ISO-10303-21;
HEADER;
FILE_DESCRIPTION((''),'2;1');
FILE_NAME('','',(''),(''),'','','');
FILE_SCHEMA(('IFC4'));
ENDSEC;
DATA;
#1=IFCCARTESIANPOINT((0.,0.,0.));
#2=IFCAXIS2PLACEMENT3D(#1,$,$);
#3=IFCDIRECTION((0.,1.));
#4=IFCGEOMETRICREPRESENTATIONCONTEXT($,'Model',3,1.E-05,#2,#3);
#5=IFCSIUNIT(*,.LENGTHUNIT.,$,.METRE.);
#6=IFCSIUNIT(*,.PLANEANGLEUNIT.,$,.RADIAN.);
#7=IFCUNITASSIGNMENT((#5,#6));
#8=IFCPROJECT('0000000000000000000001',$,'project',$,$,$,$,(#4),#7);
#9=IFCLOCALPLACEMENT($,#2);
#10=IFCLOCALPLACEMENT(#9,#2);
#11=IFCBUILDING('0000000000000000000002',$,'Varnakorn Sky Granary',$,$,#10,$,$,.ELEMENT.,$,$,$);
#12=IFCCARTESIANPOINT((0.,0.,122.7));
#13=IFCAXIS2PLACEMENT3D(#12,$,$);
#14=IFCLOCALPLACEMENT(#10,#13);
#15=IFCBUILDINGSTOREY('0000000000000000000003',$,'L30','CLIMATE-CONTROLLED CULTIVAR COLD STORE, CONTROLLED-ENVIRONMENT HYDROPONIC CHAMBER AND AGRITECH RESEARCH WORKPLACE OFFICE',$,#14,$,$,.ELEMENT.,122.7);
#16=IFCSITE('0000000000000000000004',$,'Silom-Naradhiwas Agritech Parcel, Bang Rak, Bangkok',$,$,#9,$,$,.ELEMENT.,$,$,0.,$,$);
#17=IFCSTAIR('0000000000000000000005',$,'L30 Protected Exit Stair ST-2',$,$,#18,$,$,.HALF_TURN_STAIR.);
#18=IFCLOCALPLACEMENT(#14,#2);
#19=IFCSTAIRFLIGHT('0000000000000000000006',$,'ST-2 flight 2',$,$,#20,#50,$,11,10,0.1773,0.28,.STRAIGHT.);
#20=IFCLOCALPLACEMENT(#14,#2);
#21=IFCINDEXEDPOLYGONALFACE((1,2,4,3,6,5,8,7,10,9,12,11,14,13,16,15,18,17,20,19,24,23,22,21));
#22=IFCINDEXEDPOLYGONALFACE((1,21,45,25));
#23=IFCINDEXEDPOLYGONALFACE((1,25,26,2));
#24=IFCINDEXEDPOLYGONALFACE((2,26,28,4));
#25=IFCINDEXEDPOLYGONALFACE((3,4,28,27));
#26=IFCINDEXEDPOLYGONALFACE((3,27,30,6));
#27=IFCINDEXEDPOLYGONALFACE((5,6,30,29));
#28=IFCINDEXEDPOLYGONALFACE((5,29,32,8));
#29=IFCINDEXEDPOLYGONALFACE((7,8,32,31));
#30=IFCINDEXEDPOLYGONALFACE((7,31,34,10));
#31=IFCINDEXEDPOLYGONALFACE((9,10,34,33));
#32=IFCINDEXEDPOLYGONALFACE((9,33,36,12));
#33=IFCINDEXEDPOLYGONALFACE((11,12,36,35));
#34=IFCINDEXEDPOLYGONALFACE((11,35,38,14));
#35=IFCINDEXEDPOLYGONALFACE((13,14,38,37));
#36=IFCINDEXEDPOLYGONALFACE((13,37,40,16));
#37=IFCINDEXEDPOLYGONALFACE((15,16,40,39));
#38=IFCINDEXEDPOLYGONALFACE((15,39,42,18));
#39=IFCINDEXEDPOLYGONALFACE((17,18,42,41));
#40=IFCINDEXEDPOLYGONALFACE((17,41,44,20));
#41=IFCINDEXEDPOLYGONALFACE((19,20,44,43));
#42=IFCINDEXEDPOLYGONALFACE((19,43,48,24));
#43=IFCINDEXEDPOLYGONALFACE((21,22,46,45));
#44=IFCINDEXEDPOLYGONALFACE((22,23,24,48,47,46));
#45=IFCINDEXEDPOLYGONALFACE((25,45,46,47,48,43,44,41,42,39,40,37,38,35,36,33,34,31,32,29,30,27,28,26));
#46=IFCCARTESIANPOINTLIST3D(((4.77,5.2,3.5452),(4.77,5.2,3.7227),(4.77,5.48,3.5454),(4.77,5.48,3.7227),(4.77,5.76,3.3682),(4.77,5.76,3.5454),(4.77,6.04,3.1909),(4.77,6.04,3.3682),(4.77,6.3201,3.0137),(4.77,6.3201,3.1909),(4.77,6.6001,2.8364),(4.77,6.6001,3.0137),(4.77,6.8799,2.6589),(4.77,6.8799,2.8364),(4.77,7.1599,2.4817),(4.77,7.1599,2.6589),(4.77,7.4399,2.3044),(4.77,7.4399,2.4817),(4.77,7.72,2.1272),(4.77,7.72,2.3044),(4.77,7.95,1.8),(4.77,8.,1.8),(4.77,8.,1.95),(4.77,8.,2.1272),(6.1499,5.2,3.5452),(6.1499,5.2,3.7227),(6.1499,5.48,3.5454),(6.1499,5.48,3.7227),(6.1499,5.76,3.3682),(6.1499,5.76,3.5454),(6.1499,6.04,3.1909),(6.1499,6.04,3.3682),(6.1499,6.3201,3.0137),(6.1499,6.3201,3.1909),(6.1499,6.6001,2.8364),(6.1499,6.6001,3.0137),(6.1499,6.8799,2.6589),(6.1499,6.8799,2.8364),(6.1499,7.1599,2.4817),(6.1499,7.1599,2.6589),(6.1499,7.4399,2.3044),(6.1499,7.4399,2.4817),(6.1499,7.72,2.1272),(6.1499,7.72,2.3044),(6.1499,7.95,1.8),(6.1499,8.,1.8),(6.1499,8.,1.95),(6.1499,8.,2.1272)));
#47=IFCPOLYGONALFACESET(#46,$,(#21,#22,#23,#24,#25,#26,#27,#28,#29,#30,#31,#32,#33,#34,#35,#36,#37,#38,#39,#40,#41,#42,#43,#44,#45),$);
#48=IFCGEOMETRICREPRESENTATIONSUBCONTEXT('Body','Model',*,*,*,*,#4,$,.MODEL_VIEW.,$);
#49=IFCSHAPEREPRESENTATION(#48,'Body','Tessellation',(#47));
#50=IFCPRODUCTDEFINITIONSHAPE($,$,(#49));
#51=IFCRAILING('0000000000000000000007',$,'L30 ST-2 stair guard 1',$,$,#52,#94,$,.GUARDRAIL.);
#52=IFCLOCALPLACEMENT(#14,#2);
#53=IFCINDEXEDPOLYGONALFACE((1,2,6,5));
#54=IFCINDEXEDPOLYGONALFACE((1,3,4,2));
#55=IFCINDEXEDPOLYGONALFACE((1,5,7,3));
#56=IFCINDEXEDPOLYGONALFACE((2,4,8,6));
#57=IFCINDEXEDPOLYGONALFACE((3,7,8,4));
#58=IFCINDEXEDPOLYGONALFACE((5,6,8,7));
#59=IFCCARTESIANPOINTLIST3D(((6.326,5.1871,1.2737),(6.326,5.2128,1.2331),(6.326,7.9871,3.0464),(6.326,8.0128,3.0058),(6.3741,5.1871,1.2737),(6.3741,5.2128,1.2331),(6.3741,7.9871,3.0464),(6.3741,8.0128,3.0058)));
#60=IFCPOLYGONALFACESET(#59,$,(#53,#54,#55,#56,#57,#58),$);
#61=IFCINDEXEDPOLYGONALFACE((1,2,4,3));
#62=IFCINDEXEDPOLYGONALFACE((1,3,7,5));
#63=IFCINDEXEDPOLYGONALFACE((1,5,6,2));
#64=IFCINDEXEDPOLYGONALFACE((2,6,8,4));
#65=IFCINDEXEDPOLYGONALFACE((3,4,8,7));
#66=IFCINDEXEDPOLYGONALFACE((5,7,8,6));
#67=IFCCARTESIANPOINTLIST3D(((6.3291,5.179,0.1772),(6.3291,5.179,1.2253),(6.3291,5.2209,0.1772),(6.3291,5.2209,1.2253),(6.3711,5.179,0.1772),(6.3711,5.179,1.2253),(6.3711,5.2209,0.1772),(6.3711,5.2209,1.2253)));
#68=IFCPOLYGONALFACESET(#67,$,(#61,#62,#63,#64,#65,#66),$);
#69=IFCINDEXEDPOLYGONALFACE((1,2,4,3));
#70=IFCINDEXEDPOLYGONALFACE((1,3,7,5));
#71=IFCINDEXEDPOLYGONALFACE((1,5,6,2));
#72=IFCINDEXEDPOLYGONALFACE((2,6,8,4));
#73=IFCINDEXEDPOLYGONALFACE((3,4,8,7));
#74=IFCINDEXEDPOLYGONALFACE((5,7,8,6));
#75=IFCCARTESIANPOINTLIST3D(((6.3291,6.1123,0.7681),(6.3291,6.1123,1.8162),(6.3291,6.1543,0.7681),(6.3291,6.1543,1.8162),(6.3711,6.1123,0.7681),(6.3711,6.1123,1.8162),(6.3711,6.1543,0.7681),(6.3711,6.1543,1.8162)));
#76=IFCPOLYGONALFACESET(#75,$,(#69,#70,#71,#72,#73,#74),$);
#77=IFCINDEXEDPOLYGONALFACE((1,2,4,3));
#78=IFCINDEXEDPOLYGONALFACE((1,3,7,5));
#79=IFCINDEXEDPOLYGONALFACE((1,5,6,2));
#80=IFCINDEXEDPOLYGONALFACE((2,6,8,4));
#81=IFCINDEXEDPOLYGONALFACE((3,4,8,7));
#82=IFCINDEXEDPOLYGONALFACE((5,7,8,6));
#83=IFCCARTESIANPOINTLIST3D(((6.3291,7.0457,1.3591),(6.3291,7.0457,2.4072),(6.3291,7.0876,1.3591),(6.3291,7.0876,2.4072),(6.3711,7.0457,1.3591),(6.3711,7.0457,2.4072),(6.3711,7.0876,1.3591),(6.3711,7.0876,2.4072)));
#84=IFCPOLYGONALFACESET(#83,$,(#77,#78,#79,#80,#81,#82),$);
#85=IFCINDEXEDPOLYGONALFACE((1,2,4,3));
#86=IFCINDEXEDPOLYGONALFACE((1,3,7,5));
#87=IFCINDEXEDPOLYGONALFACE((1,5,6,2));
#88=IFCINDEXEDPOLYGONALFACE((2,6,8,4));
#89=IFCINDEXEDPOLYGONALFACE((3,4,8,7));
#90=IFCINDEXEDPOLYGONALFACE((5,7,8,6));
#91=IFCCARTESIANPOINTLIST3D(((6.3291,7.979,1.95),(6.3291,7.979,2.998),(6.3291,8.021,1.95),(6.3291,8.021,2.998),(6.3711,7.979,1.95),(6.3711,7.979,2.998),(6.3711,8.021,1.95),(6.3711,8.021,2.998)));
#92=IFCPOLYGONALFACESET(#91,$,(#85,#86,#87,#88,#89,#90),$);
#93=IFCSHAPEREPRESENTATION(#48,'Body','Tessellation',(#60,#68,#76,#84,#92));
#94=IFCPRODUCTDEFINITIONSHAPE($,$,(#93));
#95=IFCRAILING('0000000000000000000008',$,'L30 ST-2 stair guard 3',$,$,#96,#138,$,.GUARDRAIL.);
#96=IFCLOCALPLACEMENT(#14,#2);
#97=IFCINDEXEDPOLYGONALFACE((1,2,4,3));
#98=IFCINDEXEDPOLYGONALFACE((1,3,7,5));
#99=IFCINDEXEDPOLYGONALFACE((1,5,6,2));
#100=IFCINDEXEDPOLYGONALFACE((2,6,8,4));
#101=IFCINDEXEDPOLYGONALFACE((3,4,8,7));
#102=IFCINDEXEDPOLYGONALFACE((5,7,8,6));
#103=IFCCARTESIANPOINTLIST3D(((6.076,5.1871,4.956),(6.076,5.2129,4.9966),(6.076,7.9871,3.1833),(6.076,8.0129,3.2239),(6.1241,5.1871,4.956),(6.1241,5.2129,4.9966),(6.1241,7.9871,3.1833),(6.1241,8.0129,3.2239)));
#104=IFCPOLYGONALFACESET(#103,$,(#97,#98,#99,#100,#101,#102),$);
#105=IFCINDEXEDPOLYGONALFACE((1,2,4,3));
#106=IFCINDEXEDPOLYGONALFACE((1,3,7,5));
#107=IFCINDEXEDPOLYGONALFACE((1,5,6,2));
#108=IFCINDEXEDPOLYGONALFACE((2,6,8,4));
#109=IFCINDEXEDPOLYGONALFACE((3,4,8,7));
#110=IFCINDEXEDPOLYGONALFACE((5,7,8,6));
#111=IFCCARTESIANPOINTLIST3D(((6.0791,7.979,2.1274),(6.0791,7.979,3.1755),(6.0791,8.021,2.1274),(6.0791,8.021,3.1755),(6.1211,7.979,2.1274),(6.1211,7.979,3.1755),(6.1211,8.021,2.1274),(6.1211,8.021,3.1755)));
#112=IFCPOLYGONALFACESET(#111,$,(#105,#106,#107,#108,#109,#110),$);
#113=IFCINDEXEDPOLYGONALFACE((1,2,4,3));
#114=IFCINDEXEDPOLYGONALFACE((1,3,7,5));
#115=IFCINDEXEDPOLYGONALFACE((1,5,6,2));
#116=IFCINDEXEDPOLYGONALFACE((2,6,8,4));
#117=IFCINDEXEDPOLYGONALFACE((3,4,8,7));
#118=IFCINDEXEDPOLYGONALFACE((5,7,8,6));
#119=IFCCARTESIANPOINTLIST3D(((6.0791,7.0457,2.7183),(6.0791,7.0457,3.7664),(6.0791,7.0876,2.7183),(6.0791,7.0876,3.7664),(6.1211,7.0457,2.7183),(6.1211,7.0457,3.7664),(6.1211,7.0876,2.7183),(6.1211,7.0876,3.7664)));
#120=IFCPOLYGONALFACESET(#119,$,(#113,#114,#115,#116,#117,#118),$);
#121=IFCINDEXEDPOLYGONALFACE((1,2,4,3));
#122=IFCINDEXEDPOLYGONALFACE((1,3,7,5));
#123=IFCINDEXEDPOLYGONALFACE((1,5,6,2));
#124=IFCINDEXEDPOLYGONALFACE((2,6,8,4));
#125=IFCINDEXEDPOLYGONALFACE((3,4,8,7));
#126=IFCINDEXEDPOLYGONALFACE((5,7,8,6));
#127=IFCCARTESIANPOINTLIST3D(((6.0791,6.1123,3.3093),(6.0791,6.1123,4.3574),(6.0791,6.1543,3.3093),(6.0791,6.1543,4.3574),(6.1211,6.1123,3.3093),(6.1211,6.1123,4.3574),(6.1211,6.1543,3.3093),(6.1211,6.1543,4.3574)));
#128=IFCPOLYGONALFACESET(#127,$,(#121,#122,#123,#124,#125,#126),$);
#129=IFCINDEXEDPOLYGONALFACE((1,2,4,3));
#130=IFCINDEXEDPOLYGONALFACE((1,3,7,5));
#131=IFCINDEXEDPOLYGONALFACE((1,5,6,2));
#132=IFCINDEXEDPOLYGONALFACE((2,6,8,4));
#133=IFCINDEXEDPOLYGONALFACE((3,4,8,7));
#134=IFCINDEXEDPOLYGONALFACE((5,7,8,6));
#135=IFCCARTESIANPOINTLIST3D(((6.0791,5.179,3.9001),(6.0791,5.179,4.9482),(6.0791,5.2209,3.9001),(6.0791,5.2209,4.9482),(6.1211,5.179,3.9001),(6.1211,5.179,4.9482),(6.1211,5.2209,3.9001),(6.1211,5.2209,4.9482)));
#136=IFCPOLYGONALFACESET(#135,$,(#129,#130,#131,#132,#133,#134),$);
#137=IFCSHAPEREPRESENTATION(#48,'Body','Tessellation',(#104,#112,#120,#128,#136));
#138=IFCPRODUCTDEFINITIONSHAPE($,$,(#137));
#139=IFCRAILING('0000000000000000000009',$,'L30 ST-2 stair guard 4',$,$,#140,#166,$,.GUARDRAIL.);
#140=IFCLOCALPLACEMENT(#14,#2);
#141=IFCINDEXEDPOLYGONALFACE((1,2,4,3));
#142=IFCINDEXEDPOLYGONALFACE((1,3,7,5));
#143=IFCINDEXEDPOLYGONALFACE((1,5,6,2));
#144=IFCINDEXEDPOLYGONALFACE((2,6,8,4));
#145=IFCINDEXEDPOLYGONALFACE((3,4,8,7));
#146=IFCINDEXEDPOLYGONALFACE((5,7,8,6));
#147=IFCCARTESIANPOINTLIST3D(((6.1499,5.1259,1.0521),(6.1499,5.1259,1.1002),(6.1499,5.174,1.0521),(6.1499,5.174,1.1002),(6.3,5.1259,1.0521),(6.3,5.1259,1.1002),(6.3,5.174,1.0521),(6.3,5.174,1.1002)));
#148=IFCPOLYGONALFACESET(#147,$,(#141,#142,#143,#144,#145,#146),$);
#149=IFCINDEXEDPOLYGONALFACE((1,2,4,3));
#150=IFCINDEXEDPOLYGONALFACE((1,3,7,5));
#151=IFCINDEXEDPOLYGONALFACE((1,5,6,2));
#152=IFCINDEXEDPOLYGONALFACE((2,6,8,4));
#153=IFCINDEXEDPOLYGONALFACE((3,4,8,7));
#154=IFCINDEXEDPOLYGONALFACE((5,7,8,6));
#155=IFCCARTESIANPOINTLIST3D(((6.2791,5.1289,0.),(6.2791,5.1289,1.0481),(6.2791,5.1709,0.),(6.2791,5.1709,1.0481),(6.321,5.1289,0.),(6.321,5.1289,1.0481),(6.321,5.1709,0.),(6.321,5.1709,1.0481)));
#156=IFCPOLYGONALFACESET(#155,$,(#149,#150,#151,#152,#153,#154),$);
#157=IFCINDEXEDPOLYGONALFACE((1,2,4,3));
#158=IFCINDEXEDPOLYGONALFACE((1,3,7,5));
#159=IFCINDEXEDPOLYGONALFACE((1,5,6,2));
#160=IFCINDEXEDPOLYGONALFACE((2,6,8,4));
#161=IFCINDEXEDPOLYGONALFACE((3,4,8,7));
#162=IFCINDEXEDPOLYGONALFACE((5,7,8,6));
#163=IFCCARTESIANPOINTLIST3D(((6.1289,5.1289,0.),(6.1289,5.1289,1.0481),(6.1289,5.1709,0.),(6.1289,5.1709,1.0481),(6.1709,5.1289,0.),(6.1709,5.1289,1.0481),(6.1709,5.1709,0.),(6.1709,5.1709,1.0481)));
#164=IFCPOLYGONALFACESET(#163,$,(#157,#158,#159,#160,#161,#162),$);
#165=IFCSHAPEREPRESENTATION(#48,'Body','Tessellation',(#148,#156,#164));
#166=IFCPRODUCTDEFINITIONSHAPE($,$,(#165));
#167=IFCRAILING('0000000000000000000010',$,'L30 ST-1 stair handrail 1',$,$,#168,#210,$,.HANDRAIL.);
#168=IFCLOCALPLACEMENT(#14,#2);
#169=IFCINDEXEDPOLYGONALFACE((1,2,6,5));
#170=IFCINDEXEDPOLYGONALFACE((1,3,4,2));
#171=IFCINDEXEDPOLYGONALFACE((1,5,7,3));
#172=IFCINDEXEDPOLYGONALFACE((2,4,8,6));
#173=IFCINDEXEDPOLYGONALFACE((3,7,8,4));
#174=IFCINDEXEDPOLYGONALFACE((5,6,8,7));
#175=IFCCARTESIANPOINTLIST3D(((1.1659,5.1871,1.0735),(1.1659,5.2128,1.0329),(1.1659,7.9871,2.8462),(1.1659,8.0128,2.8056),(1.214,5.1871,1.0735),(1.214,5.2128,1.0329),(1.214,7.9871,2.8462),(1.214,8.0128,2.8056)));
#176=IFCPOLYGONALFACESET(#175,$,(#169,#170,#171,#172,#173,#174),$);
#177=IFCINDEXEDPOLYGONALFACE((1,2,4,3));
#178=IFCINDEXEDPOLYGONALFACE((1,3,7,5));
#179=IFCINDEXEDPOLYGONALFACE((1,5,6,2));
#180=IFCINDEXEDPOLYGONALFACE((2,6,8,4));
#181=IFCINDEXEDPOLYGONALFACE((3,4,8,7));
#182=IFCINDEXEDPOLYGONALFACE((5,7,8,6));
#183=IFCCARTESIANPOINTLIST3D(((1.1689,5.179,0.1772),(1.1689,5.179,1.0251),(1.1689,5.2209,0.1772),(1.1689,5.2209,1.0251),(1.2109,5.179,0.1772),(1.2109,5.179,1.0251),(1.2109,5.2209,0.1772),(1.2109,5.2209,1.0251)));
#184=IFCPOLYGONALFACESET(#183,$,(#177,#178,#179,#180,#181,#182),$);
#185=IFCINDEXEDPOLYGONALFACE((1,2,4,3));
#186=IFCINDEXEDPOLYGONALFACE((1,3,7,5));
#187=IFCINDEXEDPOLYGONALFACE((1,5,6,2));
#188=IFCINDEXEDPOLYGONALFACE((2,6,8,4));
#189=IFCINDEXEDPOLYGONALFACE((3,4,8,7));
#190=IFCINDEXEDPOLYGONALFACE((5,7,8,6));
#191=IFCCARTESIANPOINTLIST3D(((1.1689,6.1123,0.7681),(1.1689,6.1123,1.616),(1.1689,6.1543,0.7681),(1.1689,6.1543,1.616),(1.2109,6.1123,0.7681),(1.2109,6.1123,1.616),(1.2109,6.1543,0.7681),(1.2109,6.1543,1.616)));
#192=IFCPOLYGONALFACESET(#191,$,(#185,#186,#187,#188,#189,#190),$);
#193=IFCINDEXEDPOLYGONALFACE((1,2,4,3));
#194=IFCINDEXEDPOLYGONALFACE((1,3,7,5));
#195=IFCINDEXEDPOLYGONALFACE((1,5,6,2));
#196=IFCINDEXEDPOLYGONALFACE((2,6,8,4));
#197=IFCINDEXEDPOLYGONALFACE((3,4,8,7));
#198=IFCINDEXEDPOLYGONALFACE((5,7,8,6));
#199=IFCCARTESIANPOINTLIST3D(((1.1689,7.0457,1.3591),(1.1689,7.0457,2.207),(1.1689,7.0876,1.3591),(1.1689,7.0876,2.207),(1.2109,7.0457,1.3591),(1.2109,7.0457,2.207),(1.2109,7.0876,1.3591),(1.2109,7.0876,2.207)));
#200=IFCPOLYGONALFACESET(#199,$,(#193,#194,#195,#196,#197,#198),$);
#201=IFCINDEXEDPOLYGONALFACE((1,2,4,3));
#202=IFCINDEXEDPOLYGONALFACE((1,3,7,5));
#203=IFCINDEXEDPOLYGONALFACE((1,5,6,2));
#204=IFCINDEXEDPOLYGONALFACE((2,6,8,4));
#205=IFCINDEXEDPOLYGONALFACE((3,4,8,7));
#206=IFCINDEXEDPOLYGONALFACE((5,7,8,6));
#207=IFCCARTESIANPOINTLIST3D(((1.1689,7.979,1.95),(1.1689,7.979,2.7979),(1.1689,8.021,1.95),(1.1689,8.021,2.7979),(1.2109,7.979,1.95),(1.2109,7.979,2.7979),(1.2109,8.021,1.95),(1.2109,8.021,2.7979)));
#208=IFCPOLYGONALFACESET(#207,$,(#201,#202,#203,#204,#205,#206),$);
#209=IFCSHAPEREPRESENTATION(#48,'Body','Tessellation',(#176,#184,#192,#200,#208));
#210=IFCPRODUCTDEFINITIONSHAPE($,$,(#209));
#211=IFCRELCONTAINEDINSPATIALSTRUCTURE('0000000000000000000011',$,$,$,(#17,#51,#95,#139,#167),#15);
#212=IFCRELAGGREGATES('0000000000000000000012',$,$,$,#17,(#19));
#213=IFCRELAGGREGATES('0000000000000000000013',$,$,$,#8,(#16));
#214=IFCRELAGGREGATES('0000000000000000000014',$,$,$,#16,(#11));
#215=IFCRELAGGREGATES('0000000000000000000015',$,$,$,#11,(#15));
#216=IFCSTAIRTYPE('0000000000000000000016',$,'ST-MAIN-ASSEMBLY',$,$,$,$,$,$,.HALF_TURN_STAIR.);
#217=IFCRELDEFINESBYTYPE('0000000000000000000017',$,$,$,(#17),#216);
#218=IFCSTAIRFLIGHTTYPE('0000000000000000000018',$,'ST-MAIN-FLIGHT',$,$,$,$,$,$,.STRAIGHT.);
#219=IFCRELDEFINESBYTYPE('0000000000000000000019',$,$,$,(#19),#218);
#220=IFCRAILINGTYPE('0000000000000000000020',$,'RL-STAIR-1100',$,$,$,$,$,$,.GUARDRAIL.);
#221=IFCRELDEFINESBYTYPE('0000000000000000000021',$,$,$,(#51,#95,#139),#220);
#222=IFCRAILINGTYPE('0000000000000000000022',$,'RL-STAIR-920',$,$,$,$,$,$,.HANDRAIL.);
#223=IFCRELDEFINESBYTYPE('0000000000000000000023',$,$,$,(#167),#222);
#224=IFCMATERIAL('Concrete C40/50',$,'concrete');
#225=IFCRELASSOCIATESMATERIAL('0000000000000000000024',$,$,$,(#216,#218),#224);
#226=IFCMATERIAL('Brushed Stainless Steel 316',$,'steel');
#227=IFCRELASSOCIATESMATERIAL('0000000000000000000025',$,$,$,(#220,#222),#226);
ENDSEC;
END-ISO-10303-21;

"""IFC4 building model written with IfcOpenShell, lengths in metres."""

from ifc_helpers import new_model, si_unit, direction, frame, origin, origin_2d, place, context, subcontext, project, spatial, polyline, rectangle, outline, extrude, material, type_object, element, aggregate, save


model = new_model("IFC4")

# Units and contexts
model_context = context("Model", 3, precision=1e-05, world=origin(), true_north=direction((0.0, 1.0)))
body_context = subcontext(model_context, "Body", "Model", "MODEL_VIEW")
ifc_project = project(units=[si_unit("LENGTHUNIT", "METRE"), si_unit("PLANEANGLEUNIT", "RADIAN")], contexts=[model_context])

# Site, building, storey
site_placement = place(None, origin())
site = spatial("IfcSite", under=ifc_project, at=site_placement, Name="Silom-Naradhiwas Agritech Parcel, Bang Rak, Bangkok", CompositionType="ELEMENT", RefElevation=0.0)
building_placement = place(site_placement, origin())
building = spatial("IfcBuilding", under=site, at=building_placement, Name="Varnakorn Sky Granary", CompositionType="ELEMENT")
storey_placement = place(building_placement, frame((0.0, 0.0, 122.7)))
storey = spatial("IfcBuildingStorey", under=building, at=storey_placement, Name="L30", Description="CLIMATE-CONTROLLED CULTIVAR COLD STORE, CONTROLLED-ENVIRONMENT HYDROPONIC CHAMBER AND AGRITECH RESEARCH WORKPLACE OFFICE", CompositionType="ELEMENT", Elevation=122.7)

# Shared definitions
ifc_material_1 = material(Name="Concrete C40/50", Category="concrete")
stair_type = type_object("IfcStairType", Name="ST-MAIN-ASSEMBLY", PredefinedType="HALF_TURN_STAIR", material=ifc_material_1)
stair_flight_type = type_object("IfcStairFlightType", Name="ST-MAIN-FLIGHT", PredefinedType="STRAIGHT", material=ifc_material_1)

# Stair, stair flight
stair_1_placement = place(storey_placement, origin())
stair_1 = element("IfcStair", 1, at=stair_1_placement, inside=storey, type_object=stair_type, Name="L30 Protected Exit Stair ST-2", PredefinedType="HALF_TURN_STAIR")
stair_flight_1_placement = place(storey_placement, frame((5.46, 8.0, 1.95), z_axis=(0.0, 0.0, 1.0), x_axis=(0.0, -1.0, 0.0)))
stair_flight_1 = element("IfcStairFlight", 2, at=stair_flight_1_placement, type_object=stair_flight_type, Name="ST-2 flight 2", NumberOfRisers=11, NumberOfTreads=10, PredefinedType="STRAIGHT", RiserHeight=0.1773, TreadLength=0.28, context=body_context, shape_type="SweptSolid", body=[
    extrude(outline(polyline([(0.0, -0.1499), (0.0, 0.0), (0.0, 0.1772), (0.28, 0.1772), (0.28, 0.3545), (0.5601, 0.3545), (0.5601, 0.5317), (0.8401, 0.5317), (0.8401, 0.709), (1.1201, 0.709), (1.1201, 0.8865), (1.3999, 0.8865), (1.3999, 1.0637), (1.6799, 1.0637), (1.6799, 1.241), (1.96, 1.241), (1.96, 1.4182), (2.24, 1.4182), (2.24, 1.5955), (2.52, 1.5955), (2.52, 1.7727), (2.8, 1.7727), (2.8, 1.95), (2.8, 1.5952), (0.05, -0.1499), (0.0, -0.1499)])), frame((0.0, 0.6899, 0.0), z_axis=(0.0, -1.0, 0.0), x_axis=(1.0, 0.0, 0.0)), (0.0, 0.0, 1.0), 1.3799),
])
aggregate(stair_1, [stair_flight_1])

# Railings
ifc_material_2 = material(Name="Brushed Stainless Steel 316", Category="steel")
railing_type_1 = type_object("IfcRailingType", Name="RL-STAIR-1100", PredefinedType="GUARDRAIL", material=ifc_material_2)
railing_1_placement = place(storey_placement, frame((6.3501, 5.2, 0.1772)))
element("IfcRailing", 3, at=railing_1_placement, inside=storey, type_object=railing_type_1, Name="L30 ST-2 stair guard 1", PredefinedType="GUARDRAIL", context=body_context, shape_type="SweptSolid", body=[
    extrude(rectangle(XDim=0.0481, YDim=0.0481, at=origin_2d()), frame((0.0, 0.0, 1.0762), z_axis=(0.0, 0.844909, 0.53491), x_axis=(-1.0, 0.0, 0.0)), (0.0, 0.0, 1.0), 3.314),
    extrude(rectangle(XDim=0.042, YDim=0.042, at=origin_2d()), origin(), (0.0, 0.0, 1.0), 1.0481),
    extrude(rectangle(XDim=0.042, YDim=0.042, at=origin_2d()), frame((0.0, 0.9333, 0.5908)), (0.0, 0.0, 1.0), 1.0481),
    extrude(rectangle(XDim=0.042, YDim=0.042, at=origin_2d()), frame((0.0, 1.8667, 1.1819)), (0.0, 0.0, 1.0), 1.0481),
    extrude(rectangle(XDim=0.042, YDim=0.042, at=origin_2d()), frame((0.0, 2.8, 1.7727)), (0.0, 0.0, 1.0), 1.0481),
])
railing_2_placement = place(storey_placement, frame((6.1001, 8.0, 2.1274)))
element("IfcRailing", 4, at=railing_2_placement, inside=storey, type_object=railing_type_1, Name="L30 ST-2 stair guard 3", PredefinedType="GUARDRAIL", context=body_context, shape_type="SweptSolid", body=[
    extrude(rectangle(XDim=0.0481, YDim=0.0481, at=origin_2d()), frame((0.0, 0.0, 1.0762), z_axis=(0.0, -0.844909, 0.53491), x_axis=(1.0, 0.0, 0.0)), (0.0, 0.0, 1.0), 3.314),
    extrude(rectangle(XDim=0.042, YDim=0.042, at=origin_2d()), origin(), (0.0, 0.0, 1.0), 1.0481),
    extrude(rectangle(XDim=0.042, YDim=0.042, at=origin_2d()), frame((0.0, -0.9333, 0.5908)), (0.0, 0.0, 1.0), 1.0481),
    extrude(rectangle(XDim=0.042, YDim=0.042, at=origin_2d()), frame((0.0, -1.8667, 1.1819)), (0.0, 0.0, 1.0), 1.0481),
    extrude(rectangle(XDim=0.042, YDim=0.042, at=origin_2d()), frame((0.0, -2.8, 1.7727)), (0.0, 0.0, 1.0), 1.0481),
])
railing_3_placement = place(storey_placement, frame((6.3, 5.1499, 0.0)))
element("IfcRailing", 5, at=railing_3_placement, inside=storey, type_object=railing_type_1, Name="L30 ST-2 stair guard 4", PredefinedType="GUARDRAIL", context=body_context, shape_type="SweptSolid", body=[
    extrude(rectangle(XDim=0.0481, YDim=0.0481, at=origin_2d()), frame((0.0, 0.0, 1.0762), z_axis=(-1.0, 0.0, 0.0), x_axis=(0.0, -1.0, 0.0)), (0.0, 0.0, 1.0), 0.1501),
    extrude(rectangle(XDim=0.042, YDim=0.042, at=origin_2d()), origin(), (0.0, 0.0, 1.0), 1.0481),
    extrude(rectangle(XDim=0.042, YDim=0.042, at=origin_2d()), frame((-0.1501, 0.0, 0.0)), (0.0, 0.0, 1.0), 1.0481),
])
railing_type_2 = type_object("IfcRailingType", Name="RL-STAIR-920", PredefinedType="HANDRAIL", material=ifc_material_2)
for number, where, name in (
    (6, (1.1899, 5.2, 0.1772), "L30 ST-1 stair handrail 1"),
):
    element("IfcRailing", number, at=place(storey_placement, frame(where)), inside=storey, type_object=railing_type_2, Name=name, PredefinedType="HANDRAIL", context=body_context, shape_type="SweptSolid", body=[
        extrude(rectangle(XDim=0.0481, YDim=0.0481, at=origin_2d()), frame((0.0, 0.0, 0.876), z_axis=(0.0, 0.844909, 0.53491), x_axis=(-1.0, 0.0, 0.0)), (0.0, 0.0, 1.0), 3.314),
        extrude(rectangle(XDim=0.042, YDim=0.042, at=origin_2d()), origin(), (0.0, 0.0, 1.0), 0.8479),
        extrude(rectangle(XDim=0.042, YDim=0.042, at=origin_2d()), frame((0.0, 0.9333, 0.5908)), (0.0, 0.0, 1.0), 0.8479),
        extrude(rectangle(XDim=0.042, YDim=0.042, at=origin_2d()), frame((0.0, 1.8667, 1.1819)), (0.0, 0.0, 1.0), 0.8479),
        extrude(rectangle(XDim=0.042, YDim=0.042, at=origin_2d()), frame((0.0, 2.8, 1.7727)), (0.0, 0.0, 1.0), 0.8479),
    ])

save(model, "model.ifc")
